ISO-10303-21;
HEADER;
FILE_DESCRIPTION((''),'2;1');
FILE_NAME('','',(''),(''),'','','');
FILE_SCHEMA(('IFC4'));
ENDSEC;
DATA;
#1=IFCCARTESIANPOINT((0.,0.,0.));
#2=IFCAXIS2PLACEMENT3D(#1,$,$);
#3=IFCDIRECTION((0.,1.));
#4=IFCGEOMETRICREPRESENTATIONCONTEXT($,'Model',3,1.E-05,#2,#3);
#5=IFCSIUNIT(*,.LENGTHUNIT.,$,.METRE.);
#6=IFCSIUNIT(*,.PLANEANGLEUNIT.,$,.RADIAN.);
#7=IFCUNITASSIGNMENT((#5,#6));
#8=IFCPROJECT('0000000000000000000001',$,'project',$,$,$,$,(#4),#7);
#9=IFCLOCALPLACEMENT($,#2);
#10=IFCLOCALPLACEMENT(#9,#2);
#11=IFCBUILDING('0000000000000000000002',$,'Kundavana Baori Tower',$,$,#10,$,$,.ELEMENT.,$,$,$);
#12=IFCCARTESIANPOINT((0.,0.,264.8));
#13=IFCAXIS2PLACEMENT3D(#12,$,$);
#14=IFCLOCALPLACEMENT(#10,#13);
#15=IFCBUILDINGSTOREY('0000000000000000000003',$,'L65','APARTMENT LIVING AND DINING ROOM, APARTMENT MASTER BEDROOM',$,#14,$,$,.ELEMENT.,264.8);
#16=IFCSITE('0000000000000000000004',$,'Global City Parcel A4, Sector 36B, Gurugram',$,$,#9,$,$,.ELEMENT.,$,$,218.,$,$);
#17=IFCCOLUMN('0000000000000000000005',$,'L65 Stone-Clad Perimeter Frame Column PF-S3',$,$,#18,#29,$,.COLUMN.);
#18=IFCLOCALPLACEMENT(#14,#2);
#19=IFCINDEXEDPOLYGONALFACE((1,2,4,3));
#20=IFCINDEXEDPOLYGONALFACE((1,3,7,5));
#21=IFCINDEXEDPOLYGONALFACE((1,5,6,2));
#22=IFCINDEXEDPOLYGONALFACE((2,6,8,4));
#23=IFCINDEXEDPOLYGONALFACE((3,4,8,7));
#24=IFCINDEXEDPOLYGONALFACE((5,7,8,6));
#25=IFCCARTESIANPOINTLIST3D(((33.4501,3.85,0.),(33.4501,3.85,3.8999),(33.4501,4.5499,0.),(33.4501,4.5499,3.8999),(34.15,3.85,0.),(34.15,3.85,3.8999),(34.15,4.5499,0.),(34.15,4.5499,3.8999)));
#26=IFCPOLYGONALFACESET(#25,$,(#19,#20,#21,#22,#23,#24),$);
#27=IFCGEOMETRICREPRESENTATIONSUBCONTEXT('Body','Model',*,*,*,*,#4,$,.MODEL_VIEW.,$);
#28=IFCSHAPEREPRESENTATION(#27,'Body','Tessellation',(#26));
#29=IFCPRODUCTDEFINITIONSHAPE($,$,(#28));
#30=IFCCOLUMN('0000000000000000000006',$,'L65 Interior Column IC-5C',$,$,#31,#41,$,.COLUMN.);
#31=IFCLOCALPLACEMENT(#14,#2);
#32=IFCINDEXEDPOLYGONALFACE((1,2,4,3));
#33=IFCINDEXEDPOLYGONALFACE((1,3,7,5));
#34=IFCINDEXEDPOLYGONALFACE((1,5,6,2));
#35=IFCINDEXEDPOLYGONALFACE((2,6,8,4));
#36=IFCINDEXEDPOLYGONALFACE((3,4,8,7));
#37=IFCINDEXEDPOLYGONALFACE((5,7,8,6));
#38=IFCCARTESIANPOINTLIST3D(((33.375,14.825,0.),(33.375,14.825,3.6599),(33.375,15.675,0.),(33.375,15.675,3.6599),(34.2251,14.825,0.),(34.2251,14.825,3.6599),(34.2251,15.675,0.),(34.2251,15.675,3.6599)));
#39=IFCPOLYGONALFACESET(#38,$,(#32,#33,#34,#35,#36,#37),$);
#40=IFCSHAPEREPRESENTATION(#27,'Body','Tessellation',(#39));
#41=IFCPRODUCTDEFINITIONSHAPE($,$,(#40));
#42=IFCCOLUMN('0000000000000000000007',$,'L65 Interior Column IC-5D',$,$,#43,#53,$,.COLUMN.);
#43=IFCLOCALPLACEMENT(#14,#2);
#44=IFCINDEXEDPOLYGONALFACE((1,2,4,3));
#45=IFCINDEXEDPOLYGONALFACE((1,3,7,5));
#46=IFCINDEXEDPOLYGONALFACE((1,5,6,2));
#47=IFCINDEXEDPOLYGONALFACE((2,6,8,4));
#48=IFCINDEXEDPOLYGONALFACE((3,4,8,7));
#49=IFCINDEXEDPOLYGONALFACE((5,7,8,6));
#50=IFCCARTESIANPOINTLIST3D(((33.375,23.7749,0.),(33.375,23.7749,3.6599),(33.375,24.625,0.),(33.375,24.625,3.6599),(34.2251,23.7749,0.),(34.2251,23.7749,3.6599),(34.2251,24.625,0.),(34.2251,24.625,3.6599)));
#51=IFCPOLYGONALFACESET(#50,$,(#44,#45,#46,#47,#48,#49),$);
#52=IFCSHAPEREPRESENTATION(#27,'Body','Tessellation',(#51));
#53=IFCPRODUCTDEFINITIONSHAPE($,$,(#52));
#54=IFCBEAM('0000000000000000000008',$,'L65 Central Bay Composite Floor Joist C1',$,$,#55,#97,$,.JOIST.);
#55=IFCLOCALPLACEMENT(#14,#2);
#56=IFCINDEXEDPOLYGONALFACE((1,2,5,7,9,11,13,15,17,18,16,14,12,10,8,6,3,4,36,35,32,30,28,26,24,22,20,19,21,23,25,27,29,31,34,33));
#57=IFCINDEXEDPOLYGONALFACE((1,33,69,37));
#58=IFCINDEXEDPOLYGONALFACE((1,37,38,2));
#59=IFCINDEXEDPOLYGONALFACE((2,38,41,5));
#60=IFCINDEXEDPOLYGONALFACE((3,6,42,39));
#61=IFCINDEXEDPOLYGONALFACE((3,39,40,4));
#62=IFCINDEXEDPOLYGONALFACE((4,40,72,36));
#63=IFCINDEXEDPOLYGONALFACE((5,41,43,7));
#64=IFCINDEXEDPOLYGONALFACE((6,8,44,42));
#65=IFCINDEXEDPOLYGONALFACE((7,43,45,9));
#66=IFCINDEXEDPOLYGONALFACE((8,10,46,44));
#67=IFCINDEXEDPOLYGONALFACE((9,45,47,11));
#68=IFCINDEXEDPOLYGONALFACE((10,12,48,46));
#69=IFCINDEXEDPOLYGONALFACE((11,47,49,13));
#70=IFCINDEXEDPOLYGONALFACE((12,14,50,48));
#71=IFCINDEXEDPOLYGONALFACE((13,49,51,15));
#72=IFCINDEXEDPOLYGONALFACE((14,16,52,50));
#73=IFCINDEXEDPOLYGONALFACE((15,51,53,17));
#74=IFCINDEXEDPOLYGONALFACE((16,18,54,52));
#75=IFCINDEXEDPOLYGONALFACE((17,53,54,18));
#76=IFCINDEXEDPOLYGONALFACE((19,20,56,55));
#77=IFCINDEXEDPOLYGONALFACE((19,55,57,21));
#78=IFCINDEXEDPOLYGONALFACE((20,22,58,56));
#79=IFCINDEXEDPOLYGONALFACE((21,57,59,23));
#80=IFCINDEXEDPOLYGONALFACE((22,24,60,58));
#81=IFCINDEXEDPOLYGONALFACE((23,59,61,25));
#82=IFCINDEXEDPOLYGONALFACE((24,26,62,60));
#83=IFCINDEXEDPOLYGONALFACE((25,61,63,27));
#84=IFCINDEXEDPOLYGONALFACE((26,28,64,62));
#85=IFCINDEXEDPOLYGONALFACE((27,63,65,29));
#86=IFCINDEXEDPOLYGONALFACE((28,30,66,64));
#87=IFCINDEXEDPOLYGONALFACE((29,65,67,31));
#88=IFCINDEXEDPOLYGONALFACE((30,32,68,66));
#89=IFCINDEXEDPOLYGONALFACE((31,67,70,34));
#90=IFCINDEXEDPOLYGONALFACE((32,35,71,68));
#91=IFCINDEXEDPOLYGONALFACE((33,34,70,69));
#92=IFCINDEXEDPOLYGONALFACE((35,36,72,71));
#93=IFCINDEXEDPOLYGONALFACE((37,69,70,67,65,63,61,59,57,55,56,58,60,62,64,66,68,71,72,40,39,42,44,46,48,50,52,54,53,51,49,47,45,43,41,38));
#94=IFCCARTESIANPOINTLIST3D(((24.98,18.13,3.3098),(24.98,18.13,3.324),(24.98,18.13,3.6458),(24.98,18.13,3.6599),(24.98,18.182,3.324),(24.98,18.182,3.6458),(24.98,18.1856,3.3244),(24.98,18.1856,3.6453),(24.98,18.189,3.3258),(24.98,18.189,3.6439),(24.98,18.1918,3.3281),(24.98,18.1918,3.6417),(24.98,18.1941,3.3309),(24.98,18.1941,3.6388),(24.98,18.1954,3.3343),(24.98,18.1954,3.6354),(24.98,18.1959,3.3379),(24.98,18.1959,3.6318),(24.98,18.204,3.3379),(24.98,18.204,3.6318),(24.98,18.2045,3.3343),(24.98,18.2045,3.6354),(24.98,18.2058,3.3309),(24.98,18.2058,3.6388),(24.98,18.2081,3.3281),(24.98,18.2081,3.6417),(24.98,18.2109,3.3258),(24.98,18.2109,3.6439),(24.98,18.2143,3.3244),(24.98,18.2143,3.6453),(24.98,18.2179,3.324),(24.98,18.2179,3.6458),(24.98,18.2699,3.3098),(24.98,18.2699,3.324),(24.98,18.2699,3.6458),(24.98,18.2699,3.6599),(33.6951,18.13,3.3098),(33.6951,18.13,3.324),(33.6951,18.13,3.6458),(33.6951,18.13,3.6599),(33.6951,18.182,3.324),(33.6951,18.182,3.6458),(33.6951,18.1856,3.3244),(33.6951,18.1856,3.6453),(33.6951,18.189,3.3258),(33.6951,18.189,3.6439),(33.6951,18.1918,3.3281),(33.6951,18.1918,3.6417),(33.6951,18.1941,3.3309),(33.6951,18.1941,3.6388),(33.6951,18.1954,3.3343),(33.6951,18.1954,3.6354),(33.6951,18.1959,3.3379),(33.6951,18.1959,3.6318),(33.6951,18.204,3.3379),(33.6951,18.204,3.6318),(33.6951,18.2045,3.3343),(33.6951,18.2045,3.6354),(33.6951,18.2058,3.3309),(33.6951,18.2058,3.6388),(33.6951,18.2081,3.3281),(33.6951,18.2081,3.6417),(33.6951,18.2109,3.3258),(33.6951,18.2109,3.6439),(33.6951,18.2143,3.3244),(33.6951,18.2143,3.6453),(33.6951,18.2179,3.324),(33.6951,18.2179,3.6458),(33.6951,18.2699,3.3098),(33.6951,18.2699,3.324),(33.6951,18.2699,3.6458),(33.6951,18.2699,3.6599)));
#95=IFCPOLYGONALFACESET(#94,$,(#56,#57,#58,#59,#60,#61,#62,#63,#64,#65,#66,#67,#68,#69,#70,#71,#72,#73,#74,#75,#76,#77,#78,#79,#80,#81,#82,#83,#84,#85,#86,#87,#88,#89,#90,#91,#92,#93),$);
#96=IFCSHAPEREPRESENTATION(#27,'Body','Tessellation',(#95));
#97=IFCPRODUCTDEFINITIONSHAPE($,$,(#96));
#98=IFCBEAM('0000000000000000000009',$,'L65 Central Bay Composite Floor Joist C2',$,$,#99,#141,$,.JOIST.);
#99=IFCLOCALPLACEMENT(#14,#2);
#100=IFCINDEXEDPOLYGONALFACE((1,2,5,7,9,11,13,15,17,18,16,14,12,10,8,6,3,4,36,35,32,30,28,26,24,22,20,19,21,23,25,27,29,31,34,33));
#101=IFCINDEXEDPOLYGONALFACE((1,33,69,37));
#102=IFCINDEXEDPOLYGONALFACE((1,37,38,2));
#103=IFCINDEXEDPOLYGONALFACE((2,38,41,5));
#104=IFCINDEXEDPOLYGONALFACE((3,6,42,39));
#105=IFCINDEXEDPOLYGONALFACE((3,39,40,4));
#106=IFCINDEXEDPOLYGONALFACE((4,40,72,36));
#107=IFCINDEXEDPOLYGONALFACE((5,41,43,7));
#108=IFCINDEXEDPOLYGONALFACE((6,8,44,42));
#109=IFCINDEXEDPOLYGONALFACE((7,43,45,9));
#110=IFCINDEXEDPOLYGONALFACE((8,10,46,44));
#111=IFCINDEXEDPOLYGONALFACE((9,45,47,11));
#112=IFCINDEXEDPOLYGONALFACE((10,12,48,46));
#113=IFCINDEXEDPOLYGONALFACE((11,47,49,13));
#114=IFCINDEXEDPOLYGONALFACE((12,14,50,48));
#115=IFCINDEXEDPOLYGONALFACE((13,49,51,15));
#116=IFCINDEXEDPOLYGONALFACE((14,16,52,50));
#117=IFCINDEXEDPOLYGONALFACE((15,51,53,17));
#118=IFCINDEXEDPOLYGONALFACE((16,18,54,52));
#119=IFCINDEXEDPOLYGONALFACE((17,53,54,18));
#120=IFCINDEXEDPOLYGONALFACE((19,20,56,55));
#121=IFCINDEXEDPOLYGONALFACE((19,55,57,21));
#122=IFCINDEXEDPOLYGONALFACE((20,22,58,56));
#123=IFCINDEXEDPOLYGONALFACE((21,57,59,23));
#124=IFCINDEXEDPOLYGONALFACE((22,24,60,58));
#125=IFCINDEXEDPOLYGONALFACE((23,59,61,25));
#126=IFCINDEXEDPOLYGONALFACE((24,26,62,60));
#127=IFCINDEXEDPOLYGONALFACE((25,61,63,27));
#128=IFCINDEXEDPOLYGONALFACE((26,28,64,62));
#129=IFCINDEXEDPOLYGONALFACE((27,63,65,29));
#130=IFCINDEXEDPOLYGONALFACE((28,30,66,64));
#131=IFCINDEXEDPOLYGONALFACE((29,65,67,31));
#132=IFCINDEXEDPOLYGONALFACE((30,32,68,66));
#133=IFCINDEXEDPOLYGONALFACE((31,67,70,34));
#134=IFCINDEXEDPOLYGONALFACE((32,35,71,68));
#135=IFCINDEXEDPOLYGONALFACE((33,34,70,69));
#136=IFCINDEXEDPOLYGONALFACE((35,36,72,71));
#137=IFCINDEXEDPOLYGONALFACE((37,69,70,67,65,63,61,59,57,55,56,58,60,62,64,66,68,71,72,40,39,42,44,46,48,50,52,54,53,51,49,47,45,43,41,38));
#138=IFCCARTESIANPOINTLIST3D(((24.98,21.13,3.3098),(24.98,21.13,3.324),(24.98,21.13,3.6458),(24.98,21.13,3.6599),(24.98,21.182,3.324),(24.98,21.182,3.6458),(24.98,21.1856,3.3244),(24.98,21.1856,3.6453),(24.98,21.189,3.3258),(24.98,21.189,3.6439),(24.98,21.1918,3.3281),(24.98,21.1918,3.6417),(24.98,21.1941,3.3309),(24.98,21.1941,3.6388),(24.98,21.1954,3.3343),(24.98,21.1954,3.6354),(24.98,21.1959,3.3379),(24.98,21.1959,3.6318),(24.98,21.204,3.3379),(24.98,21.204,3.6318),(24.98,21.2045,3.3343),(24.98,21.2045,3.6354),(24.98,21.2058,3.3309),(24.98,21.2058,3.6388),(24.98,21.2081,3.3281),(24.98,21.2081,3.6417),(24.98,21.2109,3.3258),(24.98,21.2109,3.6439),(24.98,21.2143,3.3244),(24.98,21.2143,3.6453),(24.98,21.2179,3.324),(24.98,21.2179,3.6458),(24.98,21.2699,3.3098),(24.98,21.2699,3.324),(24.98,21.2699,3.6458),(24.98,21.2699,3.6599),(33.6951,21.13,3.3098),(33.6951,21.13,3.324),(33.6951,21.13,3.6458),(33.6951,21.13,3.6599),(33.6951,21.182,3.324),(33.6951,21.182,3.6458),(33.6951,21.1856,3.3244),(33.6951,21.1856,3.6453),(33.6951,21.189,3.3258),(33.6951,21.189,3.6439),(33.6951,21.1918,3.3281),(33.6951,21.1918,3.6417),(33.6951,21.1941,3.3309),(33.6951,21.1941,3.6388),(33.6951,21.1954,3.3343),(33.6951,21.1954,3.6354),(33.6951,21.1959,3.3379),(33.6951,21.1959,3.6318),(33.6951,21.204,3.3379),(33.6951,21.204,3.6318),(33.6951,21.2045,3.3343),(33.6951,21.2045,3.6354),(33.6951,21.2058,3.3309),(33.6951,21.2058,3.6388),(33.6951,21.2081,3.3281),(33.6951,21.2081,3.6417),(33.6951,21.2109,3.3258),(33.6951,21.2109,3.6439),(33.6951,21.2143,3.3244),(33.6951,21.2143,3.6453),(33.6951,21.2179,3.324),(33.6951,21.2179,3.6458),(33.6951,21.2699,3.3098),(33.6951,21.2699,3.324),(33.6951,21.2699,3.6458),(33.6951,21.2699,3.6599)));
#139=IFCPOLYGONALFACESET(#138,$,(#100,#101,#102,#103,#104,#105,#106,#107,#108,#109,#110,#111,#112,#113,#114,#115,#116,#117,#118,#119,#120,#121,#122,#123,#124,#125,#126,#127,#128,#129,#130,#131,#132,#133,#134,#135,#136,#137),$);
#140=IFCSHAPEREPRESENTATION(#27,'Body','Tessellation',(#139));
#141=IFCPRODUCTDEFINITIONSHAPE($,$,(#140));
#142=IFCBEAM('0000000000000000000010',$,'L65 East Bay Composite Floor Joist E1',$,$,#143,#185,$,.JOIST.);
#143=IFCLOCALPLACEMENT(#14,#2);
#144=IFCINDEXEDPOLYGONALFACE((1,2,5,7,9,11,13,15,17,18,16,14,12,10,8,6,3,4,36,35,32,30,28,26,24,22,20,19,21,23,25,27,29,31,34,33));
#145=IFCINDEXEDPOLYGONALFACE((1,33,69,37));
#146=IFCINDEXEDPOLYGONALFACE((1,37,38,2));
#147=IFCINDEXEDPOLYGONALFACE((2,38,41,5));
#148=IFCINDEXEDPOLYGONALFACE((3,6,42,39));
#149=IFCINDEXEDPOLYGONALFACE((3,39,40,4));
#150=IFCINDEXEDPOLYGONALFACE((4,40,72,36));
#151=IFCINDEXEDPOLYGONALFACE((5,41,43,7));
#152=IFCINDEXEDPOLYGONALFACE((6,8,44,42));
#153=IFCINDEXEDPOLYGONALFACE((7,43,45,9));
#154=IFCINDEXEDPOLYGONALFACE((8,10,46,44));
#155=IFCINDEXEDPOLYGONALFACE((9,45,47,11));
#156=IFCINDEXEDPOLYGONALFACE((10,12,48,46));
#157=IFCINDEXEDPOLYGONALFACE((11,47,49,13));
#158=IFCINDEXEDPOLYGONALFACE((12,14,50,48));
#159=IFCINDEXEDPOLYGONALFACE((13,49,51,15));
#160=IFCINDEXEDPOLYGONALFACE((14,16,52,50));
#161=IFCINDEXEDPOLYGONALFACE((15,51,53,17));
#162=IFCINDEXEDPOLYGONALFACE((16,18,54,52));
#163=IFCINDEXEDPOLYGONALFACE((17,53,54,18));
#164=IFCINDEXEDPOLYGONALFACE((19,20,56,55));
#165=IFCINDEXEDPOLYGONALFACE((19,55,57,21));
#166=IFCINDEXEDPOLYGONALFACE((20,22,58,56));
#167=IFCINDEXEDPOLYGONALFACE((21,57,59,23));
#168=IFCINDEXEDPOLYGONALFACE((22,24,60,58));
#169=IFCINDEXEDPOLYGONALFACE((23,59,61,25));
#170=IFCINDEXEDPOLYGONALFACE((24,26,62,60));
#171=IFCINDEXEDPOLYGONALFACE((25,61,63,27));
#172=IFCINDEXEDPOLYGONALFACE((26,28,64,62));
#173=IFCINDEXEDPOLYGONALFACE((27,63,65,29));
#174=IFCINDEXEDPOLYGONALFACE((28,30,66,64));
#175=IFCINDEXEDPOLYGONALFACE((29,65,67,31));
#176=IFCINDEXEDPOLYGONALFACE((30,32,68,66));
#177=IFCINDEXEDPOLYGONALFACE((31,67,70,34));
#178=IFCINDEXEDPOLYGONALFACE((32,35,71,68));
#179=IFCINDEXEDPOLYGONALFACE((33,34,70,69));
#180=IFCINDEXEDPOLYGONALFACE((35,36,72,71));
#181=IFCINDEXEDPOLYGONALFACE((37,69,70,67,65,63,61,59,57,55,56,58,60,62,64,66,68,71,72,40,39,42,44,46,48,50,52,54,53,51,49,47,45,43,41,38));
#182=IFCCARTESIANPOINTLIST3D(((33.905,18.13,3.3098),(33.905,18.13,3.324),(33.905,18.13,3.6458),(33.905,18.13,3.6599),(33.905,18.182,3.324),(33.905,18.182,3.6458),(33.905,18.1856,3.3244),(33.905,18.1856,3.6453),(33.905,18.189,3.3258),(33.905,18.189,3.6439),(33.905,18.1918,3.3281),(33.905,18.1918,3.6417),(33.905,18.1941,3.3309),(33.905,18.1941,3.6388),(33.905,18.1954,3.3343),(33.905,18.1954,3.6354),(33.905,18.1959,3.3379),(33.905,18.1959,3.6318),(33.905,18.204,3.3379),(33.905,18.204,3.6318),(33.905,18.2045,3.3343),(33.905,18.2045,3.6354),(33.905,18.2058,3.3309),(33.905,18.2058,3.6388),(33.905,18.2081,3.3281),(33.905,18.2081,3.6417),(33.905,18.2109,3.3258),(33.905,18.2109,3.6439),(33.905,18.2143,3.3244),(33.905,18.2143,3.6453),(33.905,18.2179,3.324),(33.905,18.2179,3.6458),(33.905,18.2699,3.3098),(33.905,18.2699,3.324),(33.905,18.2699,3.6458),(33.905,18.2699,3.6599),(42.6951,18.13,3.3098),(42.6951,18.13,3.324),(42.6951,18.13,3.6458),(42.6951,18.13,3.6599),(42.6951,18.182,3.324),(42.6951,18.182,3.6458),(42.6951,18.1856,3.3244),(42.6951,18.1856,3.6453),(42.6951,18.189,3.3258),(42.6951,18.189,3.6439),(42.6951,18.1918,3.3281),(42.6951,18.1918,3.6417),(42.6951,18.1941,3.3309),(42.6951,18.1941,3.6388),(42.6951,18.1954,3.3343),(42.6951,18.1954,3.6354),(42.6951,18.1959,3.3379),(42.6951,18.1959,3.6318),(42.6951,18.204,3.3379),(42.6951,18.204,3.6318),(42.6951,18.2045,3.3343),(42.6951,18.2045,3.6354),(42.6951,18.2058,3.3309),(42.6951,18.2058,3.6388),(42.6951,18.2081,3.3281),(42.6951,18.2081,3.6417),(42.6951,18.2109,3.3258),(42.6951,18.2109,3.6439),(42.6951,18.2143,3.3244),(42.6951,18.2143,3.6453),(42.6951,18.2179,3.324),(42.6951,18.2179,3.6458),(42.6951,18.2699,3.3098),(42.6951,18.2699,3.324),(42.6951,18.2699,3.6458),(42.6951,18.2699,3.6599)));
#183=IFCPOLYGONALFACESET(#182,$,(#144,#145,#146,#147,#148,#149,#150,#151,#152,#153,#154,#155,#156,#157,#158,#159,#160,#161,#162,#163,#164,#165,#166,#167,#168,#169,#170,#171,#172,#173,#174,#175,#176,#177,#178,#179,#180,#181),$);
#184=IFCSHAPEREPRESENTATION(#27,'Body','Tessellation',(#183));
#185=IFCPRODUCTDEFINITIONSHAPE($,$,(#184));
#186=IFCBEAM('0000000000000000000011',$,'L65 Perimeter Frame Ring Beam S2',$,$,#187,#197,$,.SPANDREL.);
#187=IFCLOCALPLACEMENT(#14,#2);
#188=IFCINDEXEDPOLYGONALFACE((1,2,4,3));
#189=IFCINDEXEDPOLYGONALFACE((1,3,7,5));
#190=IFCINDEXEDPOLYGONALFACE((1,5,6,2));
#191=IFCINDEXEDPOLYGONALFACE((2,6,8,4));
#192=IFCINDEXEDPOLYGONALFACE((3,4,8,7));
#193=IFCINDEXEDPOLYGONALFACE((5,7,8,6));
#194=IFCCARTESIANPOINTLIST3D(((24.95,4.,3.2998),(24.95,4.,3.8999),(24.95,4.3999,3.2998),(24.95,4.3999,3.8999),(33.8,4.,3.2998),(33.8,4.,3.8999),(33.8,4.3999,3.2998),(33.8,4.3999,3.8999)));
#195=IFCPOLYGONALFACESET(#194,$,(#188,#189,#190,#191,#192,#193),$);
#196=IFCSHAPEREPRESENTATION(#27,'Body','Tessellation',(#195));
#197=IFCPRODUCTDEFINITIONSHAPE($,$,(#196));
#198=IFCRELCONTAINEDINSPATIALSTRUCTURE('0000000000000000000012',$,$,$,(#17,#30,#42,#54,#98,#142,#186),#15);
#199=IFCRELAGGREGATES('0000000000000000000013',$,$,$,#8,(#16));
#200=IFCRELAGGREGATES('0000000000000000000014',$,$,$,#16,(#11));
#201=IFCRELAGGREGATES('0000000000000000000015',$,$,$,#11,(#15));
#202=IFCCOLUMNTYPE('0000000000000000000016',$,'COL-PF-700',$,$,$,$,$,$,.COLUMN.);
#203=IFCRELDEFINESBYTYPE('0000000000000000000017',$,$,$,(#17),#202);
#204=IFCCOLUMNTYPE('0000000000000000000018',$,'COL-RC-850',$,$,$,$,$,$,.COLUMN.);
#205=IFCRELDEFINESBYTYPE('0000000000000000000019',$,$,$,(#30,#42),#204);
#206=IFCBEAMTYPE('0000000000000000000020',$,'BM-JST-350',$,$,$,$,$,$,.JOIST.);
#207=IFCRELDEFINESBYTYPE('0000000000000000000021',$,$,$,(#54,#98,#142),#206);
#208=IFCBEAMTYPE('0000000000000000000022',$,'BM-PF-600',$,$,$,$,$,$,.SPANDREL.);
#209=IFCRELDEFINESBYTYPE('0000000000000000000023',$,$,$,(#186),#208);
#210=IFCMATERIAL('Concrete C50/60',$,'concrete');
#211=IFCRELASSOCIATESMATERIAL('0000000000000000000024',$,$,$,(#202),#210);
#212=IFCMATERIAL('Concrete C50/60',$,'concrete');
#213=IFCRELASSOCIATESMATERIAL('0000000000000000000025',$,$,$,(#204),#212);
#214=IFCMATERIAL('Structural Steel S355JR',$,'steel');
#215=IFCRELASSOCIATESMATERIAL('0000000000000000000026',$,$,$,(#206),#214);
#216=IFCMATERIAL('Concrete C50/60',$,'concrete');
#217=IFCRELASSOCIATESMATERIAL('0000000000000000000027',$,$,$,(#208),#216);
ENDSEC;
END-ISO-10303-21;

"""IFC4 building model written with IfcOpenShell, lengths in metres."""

from ifc_helpers import new_model, si_unit, direction, frame, origin, origin_2d, place, context, subcontext, project, spatial, rectangle, i_section, extrude, material, material_profile, profile_set, type_object, element, save


model = new_model("IFC4")

# Units and contexts
model_context = context("Model", 3, precision=1e-05, world=origin(), true_north=direction((0.0, 1.0)))
body_context = subcontext(model_context, "Body", "Model", "MODEL_VIEW")
ifc_project = project(units=[si_unit("LENGTHUNIT", "METRE"), si_unit("PLANEANGLEUNIT", "RADIAN")], contexts=[model_context])

# Site, building, storey
site_placement = place(None, origin())
site = spatial("IfcSite", under=ifc_project, at=site_placement, Name="Global City Parcel A4, Sector 36B, Gurugram", CompositionType="ELEMENT", RefElevation=218.0)
building_placement = place(site_placement, origin())
building = spatial("IfcBuilding", under=site, at=building_placement, Name="Kundavana Baori Tower", CompositionType="ELEMENT")
storey_placement = place(building_placement, frame((0.0, 0.0, 264.8)))
storey = spatial("IfcBuildingStorey", under=building, at=storey_placement, Name="L65", Description="APARTMENT LIVING AND DINING ROOM, APARTMENT MASTER BEDROOM", CompositionType="ELEMENT", Elevation=264.8)

# Columns
ifc_material_1 = material(Name="Concrete C50/60", Category="concrete")
ifc_material_profile_1 = material_profile(ifc_material_1, rectangle(XDim=0.7, YDim=0.7, at=origin_2d()), Name="RC PF 700x700")
ifc_profile_set_1 = profile_set([ifc_material_profile_1], Name="Concrete C50/60")
column_type_1 = type_object("IfcColumnType", Name="COL-PF-700", PredefinedType="COLUMN", material=ifc_profile_set_1)
column_placement = place(storey_placement, frame((33.8, 4.2, 0.0), z_axis=(0.0, 0.0, 1.0), x_axis=(1.0, 0.0, 0.0)))
element("IfcColumn", 1, at=column_placement, inside=storey, type_object=column_type_1, Name="L65 Stone-Clad Perimeter Frame Column PF-S3", PredefinedType="COLUMN", context=body_context, shape_type="SweptSolid", body=[
    extrude(rectangle(XDim=0.7, YDim=0.7, at=origin_2d()), origin(), (0.0, 0.0, 1.0), 3.8999),
])
ifc_material_2 = material(Name="Concrete C50/60", Category="concrete")
ifc_material_profile_2 = material_profile(ifc_material_2, rectangle(XDim=0.8501, YDim=0.8501, at=origin_2d()), Name="RC 850x850")
ifc_profile_set_2 = profile_set([ifc_material_profile_2], Name="Concrete C50/60")
column_type_2 = type_object("IfcColumnType", Name="COL-RC-850", PredefinedType="COLUMN", material=ifc_profile_set_2)
for number, where, z_axis, x_axis, name in (
    (2, (33.8, 15.25, 0.0), (0.0, 0.0, 1.0), (1.0, 0.0, 0.0), "L65 Interior Column IC-5C"),
    (3, (33.8, 24.2, 0.0), (0.0, 0.0, 1.0), (1.0, 0.0, 0.0), "L65 Interior Column IC-5D"),
):
    element("IfcColumn", number, at=place(storey_placement, frame(where, z_axis=z_axis, x_axis=x_axis)), inside=storey, type_object=column_type_2, Name=name, PredefinedType="COLUMN", context=body_context, shape_type="SweptSolid", body=[
        extrude(rectangle(XDim=0.8501, YDim=0.8501, at=origin_2d()), origin(), (0.0, 0.0, 1.0), 3.6599),
    ])

# Beams
ifc_material_3 = material(Name="Structural Steel S355JR", Category="steel")
ifc_material_profile_3 = material_profile(ifc_material_3, i_section(OverallWidth=0.1399, OverallDepth=0.3501, WebThickness=0.0081, FlangeThickness=0.0142, FilletRadius=0.0139, at=origin_2d()), Name="ISMB 350")
ifc_profile_set_3 = profile_set([ifc_material_profile_3], Name="Structural Steel S355JR")
beam_type_1 = type_object("IfcBeamType", Name="BM-JST-350", PredefinedType="JOIST", material=ifc_profile_set_3)
for number, where, z_axis, x_axis, name in (
    (4, (24.98, 18.2, 3.4849), (1.0, 0.0, 0.0), (0.0, 1.0, 0.0), "L65 Central Bay Composite Floor Joist C1"),
    (5, (24.98, 21.2, 3.4849), (1.0, 0.0, 0.0), (0.0, 1.0, 0.0), "L65 Central Bay Composite Floor Joist C2"),
):
    element("IfcBeam", number, at=place(storey_placement, frame(where, z_axis=z_axis, x_axis=x_axis)), inside=storey, type_object=beam_type_1, Name=name, PredefinedType="JOIST", context=body_context, shape_type="SweptSolid", body=[
        extrude(i_section(OverallWidth=0.1399, OverallDepth=0.3501, WebThickness=0.0081, FlangeThickness=0.0142, FilletRadius=0.0139, at=origin_2d()), origin(), (0.0, 0.0, 1.0), 8.7151),
    ])
beam_1_placement = place(storey_placement, frame((33.905, 18.2, 3.4849), z_axis=(1.0, 0.0, 0.0), x_axis=(0.0, 1.0, 0.0)))
element("IfcBeam", 6, at=beam_1_placement, inside=storey, type_object=beam_type_1, Name="L65 East Bay Composite Floor Joist E1", PredefinedType="JOIST", context=body_context, shape_type="SweptSolid", body=[
    extrude(i_section(OverallWidth=0.1399, OverallDepth=0.3501, WebThickness=0.0081, FlangeThickness=0.0142, FilletRadius=0.0139, at=origin_2d()), origin(), (0.0, 0.0, 1.0), 8.79),
])
ifc_material_4 = material(Name="Concrete C50/60", Category="concrete")
ifc_material_profile_4 = material_profile(ifc_material_4, rectangle(XDim=0.3999, YDim=0.6001, at=origin_2d()), Name="RC BM 400x600")
ifc_profile_set_4 = profile_set([ifc_material_profile_4], Name="Concrete C50/60")
beam_type_2 = type_object("IfcBeamType", Name="BM-PF-600", PredefinedType="SPANDREL", material=ifc_profile_set_4)
beam_2_placement = place(storey_placement, frame((24.95, 4.2, 3.5999), z_axis=(1.0, 0.0, 0.0), x_axis=(0.0, 1.0, 0.0)))
element("IfcBeam", 7, at=beam_2_placement, inside=storey, type_object=beam_type_2, Name="L65 Perimeter Frame Ring Beam S2", PredefinedType="SPANDREL", context=body_context, shape_type="SweptSolid", body=[
    extrude(rectangle(XDim=0.3999, YDim=0.6001, at=origin_2d()), origin(), (0.0, 0.0, 1.0), 8.8501),
])

save(model, "model.ifc")
